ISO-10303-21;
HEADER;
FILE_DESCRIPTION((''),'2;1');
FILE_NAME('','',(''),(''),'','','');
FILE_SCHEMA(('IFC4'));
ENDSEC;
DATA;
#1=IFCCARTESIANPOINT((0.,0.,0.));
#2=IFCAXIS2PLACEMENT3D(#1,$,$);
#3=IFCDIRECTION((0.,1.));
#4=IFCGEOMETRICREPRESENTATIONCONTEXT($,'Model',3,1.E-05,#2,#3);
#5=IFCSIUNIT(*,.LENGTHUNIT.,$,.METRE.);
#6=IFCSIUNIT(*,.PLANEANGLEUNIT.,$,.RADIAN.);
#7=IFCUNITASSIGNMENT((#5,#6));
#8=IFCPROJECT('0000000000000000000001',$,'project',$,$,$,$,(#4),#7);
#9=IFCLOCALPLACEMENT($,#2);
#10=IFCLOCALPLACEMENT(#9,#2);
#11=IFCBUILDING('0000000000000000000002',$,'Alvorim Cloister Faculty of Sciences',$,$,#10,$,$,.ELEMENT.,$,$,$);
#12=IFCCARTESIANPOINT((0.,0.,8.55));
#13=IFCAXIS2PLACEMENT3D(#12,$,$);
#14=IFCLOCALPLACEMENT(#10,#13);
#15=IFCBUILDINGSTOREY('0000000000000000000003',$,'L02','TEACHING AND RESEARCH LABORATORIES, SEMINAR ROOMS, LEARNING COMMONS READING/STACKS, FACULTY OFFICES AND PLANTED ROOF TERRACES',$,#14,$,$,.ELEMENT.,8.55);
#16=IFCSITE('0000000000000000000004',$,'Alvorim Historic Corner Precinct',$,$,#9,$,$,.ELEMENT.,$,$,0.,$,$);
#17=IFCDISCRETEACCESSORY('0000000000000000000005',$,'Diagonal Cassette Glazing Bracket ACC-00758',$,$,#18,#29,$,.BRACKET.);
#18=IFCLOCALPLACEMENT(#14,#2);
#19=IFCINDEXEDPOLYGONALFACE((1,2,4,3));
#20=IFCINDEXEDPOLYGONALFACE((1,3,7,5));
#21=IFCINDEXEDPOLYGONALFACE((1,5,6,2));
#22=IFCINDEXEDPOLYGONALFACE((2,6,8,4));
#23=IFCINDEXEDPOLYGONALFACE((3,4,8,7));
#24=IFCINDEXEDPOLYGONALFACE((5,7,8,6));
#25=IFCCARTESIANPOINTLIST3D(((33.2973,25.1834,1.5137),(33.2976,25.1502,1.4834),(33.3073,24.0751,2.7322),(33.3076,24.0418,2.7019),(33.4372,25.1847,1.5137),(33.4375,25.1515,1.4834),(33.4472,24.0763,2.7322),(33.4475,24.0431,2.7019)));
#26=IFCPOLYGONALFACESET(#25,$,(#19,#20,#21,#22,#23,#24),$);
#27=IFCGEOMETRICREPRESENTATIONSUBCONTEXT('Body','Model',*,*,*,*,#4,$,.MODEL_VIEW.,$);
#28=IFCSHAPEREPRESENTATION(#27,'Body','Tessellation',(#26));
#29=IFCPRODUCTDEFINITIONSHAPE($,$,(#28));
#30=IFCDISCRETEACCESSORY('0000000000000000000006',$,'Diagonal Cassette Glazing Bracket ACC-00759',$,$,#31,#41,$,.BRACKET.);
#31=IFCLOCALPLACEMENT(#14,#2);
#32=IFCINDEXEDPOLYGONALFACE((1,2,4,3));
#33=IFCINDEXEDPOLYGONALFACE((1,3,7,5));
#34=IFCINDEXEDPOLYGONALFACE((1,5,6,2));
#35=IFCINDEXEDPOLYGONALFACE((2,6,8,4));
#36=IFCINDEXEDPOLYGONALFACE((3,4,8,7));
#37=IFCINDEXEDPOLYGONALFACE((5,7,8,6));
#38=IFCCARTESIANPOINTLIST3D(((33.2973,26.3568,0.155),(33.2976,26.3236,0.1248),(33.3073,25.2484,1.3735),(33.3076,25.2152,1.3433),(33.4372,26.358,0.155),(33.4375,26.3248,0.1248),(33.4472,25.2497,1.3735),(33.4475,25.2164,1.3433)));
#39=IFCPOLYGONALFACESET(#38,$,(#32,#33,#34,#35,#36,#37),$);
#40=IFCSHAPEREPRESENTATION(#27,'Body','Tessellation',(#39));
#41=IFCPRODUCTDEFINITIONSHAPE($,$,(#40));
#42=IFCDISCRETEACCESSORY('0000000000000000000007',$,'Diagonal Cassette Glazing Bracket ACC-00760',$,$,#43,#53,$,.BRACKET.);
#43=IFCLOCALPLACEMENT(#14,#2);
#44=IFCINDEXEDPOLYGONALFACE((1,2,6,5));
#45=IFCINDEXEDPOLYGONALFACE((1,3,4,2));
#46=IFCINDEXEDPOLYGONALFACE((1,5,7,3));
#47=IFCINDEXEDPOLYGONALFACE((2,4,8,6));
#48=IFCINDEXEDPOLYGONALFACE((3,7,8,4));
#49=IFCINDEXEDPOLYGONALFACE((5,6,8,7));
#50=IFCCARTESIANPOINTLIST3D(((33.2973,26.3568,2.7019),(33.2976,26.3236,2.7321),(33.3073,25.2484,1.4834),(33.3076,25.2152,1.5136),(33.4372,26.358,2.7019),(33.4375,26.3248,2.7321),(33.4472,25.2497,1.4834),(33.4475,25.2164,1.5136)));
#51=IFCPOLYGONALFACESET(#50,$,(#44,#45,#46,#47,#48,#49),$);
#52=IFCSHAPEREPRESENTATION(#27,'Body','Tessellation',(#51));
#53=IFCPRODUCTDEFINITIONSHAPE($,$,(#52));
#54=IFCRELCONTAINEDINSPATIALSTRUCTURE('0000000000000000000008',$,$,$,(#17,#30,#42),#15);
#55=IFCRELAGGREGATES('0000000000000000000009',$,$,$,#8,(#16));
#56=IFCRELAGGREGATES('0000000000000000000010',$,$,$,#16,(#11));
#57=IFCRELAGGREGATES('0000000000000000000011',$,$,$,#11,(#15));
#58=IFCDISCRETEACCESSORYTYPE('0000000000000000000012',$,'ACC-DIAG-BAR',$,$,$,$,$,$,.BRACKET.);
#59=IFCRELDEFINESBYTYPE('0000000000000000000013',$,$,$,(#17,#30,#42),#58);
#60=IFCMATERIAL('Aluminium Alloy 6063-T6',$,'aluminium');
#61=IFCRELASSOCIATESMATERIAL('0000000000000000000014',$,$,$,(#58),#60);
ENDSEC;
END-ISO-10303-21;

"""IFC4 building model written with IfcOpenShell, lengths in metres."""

from ifc_helpers import new_model, si_unit, direction, frame, origin, origin_2d, place, context, subcontext, project, spatial, rectangle, extrude, material, type_object, element, save


model = new_model("IFC4")

# Units and contexts
model_context = context("Model", 3, precision=1e-05, world=origin(), true_north=direction((0.0, 1.0)))
body_context = subcontext(model_context, "Body", "Model", "MODEL_VIEW")
ifc_project = project(units=[si_unit("LENGTHUNIT", "METRE"), si_unit("PLANEANGLEUNIT", "RADIAN")], contexts=[model_context])

# Site, building, storey
site_placement = place(None, origin())
site = spatial("IfcSite", under=ifc_project, at=site_placement, Name="Alvorim Historic Corner Precinct", CompositionType="ELEMENT", RefElevation=0.0)
building_placement = place(site_placement, origin())
building = spatial("IfcBuilding", under=site, at=building_placement, Name="Alvorim Cloister Faculty of Sciences", CompositionType="ELEMENT")
storey_placement = place(building_placement, frame((0.0, 0.0, 8.55)))
storey = spatial("IfcBuildingStorey", under=building, at=storey_placement, Name="L02", Description="TEACHING AND RESEARCH LABORATORIES, SEMINAR ROOMS, LEARNING COMMONS READING/STACKS, FACULTY OFFICES AND PLANTED ROOF TERRACES", CompositionType="ELEMENT", Elevation=8.55)

# Shared definitions
ifc_material_1 = material(Name="Aluminium Alloy 6063-T6", Category="aluminium")

# Discrete accessories
discrete_accessory_type = type_object("IfcDiscreteAccessoryType", Name="ACC-DIAG-BAR", PredefinedType="BRACKET", material=ifc_material_1)
for number, where, z_axis, x_axis, name in (
    (1, (33.3774, 24.0591, 2.717), (-0.006077, 0.672882, -0.739725), (-0.999959, -0.00903, 0.0), "Diagonal Cassette Glazing Bracket ACC-00758"),
    (2, (33.3774, 25.2324, 1.3584), (-0.006077, 0.672882, -0.739725), (-0.999959, -0.00903, 0.0), "Diagonal Cassette Glazing Bracket ACC-00759"),
    (3, (33.3774, 25.2324, 1.4985), (-0.006077, 0.672882, 0.739725), (-0.999959, -0.00903, 0.0), "Diagonal Cassette Glazing Bracket ACC-00760"),
):
    element("IfcDiscreteAccessory", number, at=place(storey_placement, frame(where, z_axis=z_axis, x_axis=x_axis)), inside=storey, type_object=discrete_accessory_type, Name=name, PredefinedType="BRACKET", context=body_context, shape_type="SweptSolid", body=[
        extrude(rectangle(XDim=0.1399, YDim=0.0449, at=origin_2d()), origin(), (0.0, 0.0, 1.0), 1.6472),
    ])

save(model, "model.ifc")
